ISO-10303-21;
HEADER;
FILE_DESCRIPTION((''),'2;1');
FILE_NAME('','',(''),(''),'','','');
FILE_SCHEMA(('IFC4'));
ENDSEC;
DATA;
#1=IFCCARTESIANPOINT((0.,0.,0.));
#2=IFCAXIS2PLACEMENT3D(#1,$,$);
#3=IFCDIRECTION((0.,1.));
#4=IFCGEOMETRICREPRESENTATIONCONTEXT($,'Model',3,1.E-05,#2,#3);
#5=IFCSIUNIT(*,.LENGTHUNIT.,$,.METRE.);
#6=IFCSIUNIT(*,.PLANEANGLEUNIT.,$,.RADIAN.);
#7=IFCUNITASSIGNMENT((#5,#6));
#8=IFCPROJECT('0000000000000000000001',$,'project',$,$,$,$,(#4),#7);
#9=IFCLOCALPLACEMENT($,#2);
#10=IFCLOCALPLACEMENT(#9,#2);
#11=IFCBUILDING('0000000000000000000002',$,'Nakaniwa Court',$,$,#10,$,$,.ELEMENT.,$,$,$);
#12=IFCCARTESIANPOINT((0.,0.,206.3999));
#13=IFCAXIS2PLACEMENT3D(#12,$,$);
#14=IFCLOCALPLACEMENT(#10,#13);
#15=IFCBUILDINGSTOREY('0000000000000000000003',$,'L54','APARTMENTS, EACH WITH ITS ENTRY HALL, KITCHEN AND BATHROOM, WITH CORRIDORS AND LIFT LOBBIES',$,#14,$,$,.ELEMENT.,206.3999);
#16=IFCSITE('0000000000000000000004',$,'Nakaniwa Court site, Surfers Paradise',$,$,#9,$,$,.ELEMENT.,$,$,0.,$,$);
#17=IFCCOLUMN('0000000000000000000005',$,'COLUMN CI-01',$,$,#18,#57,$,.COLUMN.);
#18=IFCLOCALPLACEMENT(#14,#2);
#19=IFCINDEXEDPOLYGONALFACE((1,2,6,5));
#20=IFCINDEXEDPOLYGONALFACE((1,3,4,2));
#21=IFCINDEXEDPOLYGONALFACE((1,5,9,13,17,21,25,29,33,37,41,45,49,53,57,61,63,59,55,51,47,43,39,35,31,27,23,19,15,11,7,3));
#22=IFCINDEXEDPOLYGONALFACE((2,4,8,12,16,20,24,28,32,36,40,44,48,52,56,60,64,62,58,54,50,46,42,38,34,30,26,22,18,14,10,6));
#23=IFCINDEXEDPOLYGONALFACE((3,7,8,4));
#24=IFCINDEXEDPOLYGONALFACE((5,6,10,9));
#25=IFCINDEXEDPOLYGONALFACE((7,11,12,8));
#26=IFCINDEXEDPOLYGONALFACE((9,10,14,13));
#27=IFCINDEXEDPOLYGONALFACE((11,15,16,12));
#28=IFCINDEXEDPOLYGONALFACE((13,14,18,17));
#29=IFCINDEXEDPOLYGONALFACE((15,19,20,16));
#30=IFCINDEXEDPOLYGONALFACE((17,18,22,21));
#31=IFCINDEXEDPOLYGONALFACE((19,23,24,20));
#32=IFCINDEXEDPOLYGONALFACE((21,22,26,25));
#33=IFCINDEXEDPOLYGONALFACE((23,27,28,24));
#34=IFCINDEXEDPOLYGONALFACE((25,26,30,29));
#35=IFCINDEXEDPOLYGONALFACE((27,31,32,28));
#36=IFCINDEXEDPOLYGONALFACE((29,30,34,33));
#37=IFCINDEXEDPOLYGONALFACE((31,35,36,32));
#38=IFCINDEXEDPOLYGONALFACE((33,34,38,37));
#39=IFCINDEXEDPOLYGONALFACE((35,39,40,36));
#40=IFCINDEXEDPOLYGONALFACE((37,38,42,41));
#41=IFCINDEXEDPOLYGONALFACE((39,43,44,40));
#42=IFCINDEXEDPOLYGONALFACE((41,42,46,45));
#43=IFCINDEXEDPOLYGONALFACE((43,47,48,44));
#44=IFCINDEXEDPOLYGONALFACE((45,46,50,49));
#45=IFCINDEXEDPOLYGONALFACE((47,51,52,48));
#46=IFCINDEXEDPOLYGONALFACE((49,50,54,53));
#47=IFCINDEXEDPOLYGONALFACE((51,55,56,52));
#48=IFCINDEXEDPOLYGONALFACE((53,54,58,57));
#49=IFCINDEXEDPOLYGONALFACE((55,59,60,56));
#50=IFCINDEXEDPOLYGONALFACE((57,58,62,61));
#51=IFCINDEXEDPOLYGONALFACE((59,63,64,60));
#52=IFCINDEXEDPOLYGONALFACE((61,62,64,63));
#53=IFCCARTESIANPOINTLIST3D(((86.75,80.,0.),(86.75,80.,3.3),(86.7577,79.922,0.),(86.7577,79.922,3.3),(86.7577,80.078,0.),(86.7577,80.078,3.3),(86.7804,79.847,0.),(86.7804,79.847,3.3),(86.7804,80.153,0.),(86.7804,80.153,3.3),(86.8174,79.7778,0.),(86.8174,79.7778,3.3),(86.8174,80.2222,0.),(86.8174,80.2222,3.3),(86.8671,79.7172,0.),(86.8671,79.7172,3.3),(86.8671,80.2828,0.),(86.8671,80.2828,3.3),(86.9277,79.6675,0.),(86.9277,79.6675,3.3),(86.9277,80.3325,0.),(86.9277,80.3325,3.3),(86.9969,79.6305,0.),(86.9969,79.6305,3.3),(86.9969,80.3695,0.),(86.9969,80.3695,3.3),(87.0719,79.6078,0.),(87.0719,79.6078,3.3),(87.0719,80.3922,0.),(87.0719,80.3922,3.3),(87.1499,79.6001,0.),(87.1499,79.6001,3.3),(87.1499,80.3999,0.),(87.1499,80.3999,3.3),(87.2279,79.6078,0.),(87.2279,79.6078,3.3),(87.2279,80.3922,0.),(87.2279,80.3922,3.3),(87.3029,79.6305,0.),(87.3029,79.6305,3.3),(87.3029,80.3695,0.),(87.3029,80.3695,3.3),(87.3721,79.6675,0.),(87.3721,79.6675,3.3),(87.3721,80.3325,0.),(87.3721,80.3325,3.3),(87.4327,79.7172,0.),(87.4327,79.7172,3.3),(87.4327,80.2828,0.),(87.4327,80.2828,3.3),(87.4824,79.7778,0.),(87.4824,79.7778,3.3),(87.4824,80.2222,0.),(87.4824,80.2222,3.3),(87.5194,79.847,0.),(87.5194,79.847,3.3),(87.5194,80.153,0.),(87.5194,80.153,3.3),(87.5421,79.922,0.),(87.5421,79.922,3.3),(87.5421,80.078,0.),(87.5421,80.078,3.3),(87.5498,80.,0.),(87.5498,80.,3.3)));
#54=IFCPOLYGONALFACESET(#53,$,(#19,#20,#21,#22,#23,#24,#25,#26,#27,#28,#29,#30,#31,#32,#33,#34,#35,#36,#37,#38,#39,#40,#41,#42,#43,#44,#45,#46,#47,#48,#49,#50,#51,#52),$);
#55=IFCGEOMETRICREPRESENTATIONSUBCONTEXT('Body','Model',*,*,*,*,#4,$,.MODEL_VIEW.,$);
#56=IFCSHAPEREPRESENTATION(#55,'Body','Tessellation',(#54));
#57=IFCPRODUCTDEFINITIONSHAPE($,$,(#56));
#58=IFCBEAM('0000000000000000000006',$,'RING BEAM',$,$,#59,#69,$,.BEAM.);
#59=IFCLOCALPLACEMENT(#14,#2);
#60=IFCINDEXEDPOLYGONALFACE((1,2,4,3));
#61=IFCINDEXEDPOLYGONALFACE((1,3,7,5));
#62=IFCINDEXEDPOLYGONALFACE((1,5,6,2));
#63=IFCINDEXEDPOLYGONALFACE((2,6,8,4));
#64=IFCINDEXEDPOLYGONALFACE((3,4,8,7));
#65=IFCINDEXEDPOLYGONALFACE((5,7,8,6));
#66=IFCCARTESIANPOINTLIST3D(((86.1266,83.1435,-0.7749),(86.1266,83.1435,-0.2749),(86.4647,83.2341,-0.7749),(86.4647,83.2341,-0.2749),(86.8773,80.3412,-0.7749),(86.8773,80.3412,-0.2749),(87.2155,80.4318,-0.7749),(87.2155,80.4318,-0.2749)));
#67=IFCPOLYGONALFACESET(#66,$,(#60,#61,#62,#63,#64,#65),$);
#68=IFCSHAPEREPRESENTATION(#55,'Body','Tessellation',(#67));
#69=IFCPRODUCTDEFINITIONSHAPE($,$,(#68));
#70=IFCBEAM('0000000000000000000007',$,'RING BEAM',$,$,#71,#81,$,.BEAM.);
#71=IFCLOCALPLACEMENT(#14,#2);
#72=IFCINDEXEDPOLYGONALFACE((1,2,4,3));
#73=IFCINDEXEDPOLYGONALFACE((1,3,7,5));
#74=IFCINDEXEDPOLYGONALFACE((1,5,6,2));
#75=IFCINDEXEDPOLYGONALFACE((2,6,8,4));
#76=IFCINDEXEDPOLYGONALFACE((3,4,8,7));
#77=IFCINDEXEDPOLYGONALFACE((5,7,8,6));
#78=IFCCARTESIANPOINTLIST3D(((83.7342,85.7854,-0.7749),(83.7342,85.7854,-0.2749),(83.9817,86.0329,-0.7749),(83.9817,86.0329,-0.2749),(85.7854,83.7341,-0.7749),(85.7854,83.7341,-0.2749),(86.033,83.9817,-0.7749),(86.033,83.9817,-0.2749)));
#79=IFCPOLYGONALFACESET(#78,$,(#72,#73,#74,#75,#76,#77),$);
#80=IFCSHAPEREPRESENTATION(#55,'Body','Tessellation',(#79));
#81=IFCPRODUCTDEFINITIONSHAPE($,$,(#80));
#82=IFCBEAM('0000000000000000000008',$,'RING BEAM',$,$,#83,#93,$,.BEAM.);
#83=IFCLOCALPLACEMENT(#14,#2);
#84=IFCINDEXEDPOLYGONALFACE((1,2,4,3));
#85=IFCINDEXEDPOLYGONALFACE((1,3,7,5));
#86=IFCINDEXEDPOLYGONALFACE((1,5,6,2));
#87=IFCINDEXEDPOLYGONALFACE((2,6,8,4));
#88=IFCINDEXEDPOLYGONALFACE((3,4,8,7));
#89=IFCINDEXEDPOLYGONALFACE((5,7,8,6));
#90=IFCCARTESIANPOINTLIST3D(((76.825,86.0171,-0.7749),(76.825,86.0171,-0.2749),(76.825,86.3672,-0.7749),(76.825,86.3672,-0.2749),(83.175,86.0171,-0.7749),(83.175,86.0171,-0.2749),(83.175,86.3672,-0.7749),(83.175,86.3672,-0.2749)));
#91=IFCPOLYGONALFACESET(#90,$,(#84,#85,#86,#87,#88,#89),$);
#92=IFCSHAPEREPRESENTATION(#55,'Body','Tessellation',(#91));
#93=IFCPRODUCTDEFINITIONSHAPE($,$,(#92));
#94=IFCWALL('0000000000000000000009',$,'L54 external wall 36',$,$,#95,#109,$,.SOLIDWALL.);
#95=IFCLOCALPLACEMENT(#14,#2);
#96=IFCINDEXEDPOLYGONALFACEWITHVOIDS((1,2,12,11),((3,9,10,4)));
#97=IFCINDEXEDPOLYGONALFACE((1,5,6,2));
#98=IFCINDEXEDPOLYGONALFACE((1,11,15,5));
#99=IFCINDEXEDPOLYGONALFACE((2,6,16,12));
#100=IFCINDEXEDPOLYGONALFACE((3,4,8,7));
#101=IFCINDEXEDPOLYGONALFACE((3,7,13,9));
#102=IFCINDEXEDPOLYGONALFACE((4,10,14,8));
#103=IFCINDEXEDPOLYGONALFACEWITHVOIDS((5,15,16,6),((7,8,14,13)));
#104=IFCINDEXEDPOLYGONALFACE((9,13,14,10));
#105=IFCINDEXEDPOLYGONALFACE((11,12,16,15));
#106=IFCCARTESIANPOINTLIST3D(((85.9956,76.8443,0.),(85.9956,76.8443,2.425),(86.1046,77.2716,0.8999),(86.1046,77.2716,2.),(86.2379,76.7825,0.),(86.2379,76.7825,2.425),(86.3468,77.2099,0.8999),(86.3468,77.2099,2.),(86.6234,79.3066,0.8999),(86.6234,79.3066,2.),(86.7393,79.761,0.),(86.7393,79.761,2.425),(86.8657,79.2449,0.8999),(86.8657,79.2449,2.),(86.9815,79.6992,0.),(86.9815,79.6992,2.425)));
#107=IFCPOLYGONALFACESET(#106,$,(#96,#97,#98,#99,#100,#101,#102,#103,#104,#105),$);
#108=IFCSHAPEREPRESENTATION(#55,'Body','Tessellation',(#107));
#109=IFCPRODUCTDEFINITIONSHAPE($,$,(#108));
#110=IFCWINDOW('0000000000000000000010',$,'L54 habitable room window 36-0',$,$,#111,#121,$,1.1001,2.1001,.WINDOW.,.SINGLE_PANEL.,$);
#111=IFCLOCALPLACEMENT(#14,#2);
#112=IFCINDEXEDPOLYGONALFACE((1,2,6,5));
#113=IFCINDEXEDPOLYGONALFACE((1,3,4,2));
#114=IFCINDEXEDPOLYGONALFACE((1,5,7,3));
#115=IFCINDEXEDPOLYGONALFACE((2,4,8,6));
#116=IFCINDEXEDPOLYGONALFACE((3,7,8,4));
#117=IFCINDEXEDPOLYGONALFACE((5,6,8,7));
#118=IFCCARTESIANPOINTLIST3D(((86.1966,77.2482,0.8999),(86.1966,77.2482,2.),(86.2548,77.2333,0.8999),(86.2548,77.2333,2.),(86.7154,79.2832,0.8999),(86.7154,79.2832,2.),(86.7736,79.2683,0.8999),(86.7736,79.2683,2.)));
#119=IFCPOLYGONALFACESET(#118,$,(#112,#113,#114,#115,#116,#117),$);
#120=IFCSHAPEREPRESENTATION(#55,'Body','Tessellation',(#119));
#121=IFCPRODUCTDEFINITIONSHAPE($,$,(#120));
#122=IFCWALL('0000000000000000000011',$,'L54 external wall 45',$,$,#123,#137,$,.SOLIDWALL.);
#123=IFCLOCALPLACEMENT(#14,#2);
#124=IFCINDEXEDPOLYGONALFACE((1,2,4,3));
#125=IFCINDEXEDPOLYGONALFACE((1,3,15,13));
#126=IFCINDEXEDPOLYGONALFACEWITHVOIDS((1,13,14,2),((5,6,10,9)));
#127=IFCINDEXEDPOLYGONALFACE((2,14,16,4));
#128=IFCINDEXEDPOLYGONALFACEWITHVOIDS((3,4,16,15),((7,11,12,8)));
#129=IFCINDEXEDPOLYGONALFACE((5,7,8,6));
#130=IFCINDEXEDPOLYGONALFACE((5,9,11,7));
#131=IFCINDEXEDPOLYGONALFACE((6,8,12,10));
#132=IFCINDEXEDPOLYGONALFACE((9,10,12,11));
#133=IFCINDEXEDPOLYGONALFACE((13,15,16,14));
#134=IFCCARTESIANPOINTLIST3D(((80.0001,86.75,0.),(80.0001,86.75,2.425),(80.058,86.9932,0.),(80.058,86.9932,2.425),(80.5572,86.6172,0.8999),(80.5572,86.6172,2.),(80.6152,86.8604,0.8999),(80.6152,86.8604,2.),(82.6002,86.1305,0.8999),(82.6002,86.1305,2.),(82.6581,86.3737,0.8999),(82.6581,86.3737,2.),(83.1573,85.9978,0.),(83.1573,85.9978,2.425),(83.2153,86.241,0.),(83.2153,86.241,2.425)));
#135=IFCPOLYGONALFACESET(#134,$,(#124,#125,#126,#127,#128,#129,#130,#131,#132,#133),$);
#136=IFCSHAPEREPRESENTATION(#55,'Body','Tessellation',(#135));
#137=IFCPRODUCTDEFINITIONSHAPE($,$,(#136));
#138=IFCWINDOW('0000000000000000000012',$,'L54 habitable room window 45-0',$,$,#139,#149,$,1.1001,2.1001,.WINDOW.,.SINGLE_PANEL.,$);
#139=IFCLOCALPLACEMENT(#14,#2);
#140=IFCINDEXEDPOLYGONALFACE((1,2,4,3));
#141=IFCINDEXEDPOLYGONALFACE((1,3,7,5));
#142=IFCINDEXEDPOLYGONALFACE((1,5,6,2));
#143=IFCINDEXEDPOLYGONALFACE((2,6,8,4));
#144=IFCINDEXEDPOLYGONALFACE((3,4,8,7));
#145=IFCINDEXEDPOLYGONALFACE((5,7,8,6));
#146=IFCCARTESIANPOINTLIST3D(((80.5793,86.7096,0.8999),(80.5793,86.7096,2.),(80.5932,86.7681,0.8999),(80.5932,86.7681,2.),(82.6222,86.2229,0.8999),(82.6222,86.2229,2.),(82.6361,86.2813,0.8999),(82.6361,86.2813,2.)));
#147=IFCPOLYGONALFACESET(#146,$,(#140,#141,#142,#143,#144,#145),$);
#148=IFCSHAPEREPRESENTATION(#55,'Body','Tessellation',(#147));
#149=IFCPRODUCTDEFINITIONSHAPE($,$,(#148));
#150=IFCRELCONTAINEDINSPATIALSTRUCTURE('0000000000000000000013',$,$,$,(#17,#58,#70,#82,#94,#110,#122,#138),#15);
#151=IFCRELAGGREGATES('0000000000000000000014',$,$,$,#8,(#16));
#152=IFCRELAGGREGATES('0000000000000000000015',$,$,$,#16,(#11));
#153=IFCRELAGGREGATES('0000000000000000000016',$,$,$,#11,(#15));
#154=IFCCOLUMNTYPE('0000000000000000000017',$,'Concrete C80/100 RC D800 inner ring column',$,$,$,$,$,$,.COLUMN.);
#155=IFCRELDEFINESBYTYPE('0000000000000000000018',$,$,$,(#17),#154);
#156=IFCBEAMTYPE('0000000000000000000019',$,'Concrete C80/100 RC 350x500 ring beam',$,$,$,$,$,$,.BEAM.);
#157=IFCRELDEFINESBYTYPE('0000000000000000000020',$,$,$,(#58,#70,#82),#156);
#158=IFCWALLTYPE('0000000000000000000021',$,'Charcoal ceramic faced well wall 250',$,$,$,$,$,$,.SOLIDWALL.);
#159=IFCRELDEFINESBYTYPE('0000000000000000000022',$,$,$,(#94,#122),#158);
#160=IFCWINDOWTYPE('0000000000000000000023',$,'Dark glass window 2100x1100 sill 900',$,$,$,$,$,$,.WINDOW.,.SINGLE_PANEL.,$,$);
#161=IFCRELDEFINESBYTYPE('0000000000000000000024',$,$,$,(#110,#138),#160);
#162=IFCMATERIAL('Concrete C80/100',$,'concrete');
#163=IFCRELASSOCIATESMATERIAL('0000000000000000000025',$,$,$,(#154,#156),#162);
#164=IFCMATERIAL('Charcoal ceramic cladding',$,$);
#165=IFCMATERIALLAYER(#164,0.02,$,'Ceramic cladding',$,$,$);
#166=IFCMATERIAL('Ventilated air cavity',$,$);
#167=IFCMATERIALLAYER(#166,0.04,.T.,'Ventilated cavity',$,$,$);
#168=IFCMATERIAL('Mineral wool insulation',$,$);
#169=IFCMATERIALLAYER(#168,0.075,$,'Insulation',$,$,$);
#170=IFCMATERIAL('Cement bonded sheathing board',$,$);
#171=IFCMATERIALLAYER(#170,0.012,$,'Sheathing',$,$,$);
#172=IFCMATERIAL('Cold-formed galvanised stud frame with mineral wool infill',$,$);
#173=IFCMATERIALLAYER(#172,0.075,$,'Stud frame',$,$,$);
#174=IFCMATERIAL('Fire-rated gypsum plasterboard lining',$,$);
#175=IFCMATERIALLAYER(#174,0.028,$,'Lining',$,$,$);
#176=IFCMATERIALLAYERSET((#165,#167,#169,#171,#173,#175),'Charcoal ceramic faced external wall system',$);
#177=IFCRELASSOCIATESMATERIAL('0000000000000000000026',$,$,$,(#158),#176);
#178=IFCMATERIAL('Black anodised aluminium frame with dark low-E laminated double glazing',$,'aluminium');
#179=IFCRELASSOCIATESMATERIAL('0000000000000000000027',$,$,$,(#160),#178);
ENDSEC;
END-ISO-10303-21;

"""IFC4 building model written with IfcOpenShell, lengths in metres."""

from ifc_helpers import new_model, si_unit, direction, frame, frame_2d, origin, origin_2d, place, context, subcontext, project, spatial, rectangle, circle, extrude, material, layer, layer_set, material_profile, profile_set, type_object, element, fill, save


model = new_model("IFC4")

# Units and contexts
model_context = context("Model", 3, precision=1e-05, world=origin(), true_north=direction((0.0, 1.0)))
body_context = subcontext(model_context, "Body", "Model", "MODEL_VIEW")
ifc_project = project(units=[si_unit("LENGTHUNIT", "METRE"), si_unit("PLANEANGLEUNIT", "RADIAN")], contexts=[model_context])

# Site, building, storey
site_placement = place(None, origin())
site = spatial("IfcSite", under=ifc_project, at=site_placement, Name="Nakaniwa Court site, Surfers Paradise", CompositionType="ELEMENT", RefElevation=0.0)
building_placement = place(site_placement, origin())
building = spatial("IfcBuilding", under=site, at=building_placement, Name="Nakaniwa Court", CompositionType="ELEMENT")
storey_placement = place(building_placement, frame((0.0, 0.0, 206.3999)))
storey = spatial("IfcBuildingStorey", under=building, at=storey_placement, Name="L54", Description="APARTMENTS, EACH WITH ITS ENTRY HALL, KITCHEN AND BATHROOM, WITH CORRIDORS AND LIFT LOBBIES", CompositionType="ELEMENT", Elevation=206.3999)

# Column
ifc_material_1 = material(Name="Concrete C80/100", Category="concrete")
ifc_material_profile_1 = material_profile(ifc_material_1, circle(Radius=0.3999, at=origin_2d()), Name="Concrete C80/100 RC D800 inner ring column")
ifc_profile_set_1 = profile_set([ifc_material_profile_1], Name="Concrete C80/100")
column_type = type_object("IfcColumnType", Name="Concrete C80/100 RC D800 inner ring column", PredefinedType="COLUMN", material=ifc_profile_set_1)
for number, where, z_axis, x_axis, name in (
    (1, (87.1499, 80.0, 0.0), (0.0, 0.0, 1.0), (0.0, 1.0, 0.0), "COLUMN CI-01"),
):
    element("IfcColumn", number, at=place(storey_placement, frame(where, z_axis=z_axis, x_axis=x_axis)), inside=storey, type_object=column_type, Name=name, PredefinedType="COLUMN", context=body_context, shape_type="SweptSolid", body=[
        extrude(circle(Radius=0.3999, at=origin_2d()), origin(), (0.0, 0.0, 1.0), 3.3),
    ])

# Beams
ifc_material_profile_2 = material_profile(ifc_material_1, rectangle(XDim=0.3501, YDim=0.5, at=origin_2d()), Name="Concrete C80/100 RC 350x500 ring beam")
ifc_profile_set_2 = profile_set([ifc_material_profile_2], Name="Concrete C80/100")
beam_type = type_object("IfcBeamType", Name="Concrete C80/100 RC 350x500 ring beam", PredefinedType="BEAM", material=ifc_profile_set_2)
beam_1_placement = place(storey_placement, frame((87.0464, 80.3865, -0.5249), z_axis=(-0.258778, 0.965937, 0.0), x_axis=(-0.965937, -0.258778, 0.0)))
element("IfcBeam", 2, at=beam_1_placement, inside=storey, type_object=beam_type, Name="RING BEAM", PredefinedType="BEAM", context=body_context, shape_type="SweptSolid", body=[
    extrude(rectangle(XDim=0.3501, YDim=0.5, at=origin_2d()), origin(), (0.0, 0.0, 1.0), 2.9011),
])
beam_2_placement = place(storey_placement, frame((85.9092, 83.8579, -0.5249), z_axis=(-0.707107, 0.707107, 0.0), x_axis=(-0.707107, -0.707107, 0.0)))
element("IfcBeam", 3, at=beam_2_placement, inside=storey, type_object=beam_type, Name="RING BEAM", PredefinedType="BEAM", context=body_context, shape_type="SweptSolid", body=[
    extrude(rectangle(XDim=0.3501, YDim=0.5, at=origin_2d()), origin(), (0.0, 0.0, 1.0), 2.9009),
])
beam_3_placement = place(storey_placement, frame((83.175, 86.1921, -0.5249), z_axis=(-1.0, 0.0, 0.0), x_axis=(0.0, -1.0, 0.0)))
element("IfcBeam", 4, at=beam_3_placement, inside=storey, type_object=beam_type, Name="RING BEAM", PredefinedType="BEAM", context=body_context, shape_type="SweptSolid", body=[
    extrude(rectangle(XDim=0.3501, YDim=0.5, at=origin_2d()), origin(), (0.0, 0.0, 1.0), 6.3501),
])

# Walls, openings, windows
ifc_material_2 = material(Name="Charcoal ceramic cladding")
ifc_layer_1 = layer(ifc_material_2, 0.02, Name="Ceramic cladding")
ifc_material_3 = material(Name="Ventilated air cavity")
ifc_layer_2 = layer(ifc_material_3, 0.04, ventilated=True, Name="Ventilated cavity")
ifc_material_4 = material(Name="Mineral wool insulation")
ifc_layer_3 = layer(ifc_material_4, 0.075, Name="Insulation")
ifc_material_5 = material(Name="Cement bonded sheathing board")
ifc_layer_4 = layer(ifc_material_5, 0.012, Name="Sheathing")
ifc_material_6 = material(Name="Cold-formed galvanised stud frame with mineral wool infill")
ifc_layer_5 = layer(ifc_material_6, 0.075, Name="Stud frame")
ifc_material_7 = material(Name="Fire-rated gypsum plasterboard lining")
ifc_layer_6 = layer(ifc_material_7, 0.028, Name="Lining")
ifc_layer_set_1 = layer_set([ifc_layer_1, ifc_layer_2, ifc_layer_3, ifc_layer_4, ifc_layer_5, ifc_layer_6], Name="Charcoal ceramic faced external wall system")
wall_type_1 = type_object("IfcWallType", Name="Charcoal ceramic faced well wall 250", PredefinedType="SOLIDWALL", material=ifc_layer_set_1)
wall_1_placement = place(storey_placement, frame((86.8604, 79.73, 0.0), z_axis=(0.0, 0.0, 1.0), x_axis=(-0.247056, -0.969001, 0.0)))
wall_1 = element("IfcWall", 5, at=wall_1_placement, inside=storey, type_object=wall_type_1, Name="L54 external wall 36", PredefinedType="SOLIDWALL", context=body_context, shape_type="SweptSolid", body=[
    extrude(rectangle(XDim=3.01, YDim=0.25, at=frame_2d((1.5049, 0.0))), origin(), (0.0, 0.0, 1.0), 2.425),
])
opening_1_placement = place(wall_1_placement, frame((0.4688, 0.0, 0.8999)))
opening_1 = element("IfcOpeningElement", 6, at=opening_1_placement, cuts=wall_1, PredefinedType="OPENING", context=body_context, shape_type="SweptSolid", body=[
    extrude(rectangle(XDim=2.1001, YDim=1.1001, at=frame_2d((1.05, 0.55))), frame((0.0, 0.135, 0.0), z_axis=(0.0, -1.0, 0.0), x_axis=(1.0, 0.0, 0.0)), (0.0, 0.0, 1.0), 0.27),
])
ifc_material_8 = material(Name="Black anodised aluminium frame with dark low-E laminated double glazing", Category="aluminium")
window_type = type_object("IfcWindowType", Name="Dark glass window 2100x1100 sill 900", PartitioningType="SINGLE_PANEL", PredefinedType="WINDOW", material=ifc_material_8)
window_1_placement = place(opening_1_placement, origin())
window_1 = element("IfcWindow", 7, at=window_1_placement, inside=storey, type_object=window_type, Name="L54 habitable room window 36-0", OverallHeight=1.1001, OverallWidth=2.1001, PartitioningType="SINGLE_PANEL", PredefinedType="WINDOW", context=body_context, shape_type="SweptSolid", body=[
    extrude(rectangle(XDim=2.1001, YDim=1.1001, at=frame_2d((1.05, 0.55))), frame((0.0, 0.03, 0.0), z_axis=(0.0, -1.0, 0.0), x_axis=(1.0, 0.0, 0.0)), (0.0, 0.0, 1.0), 0.0601),
])
fill(opening_1, window_1)
wall_2_placement = place(storey_placement, frame((80.0291, 86.8716, 0.0), z_axis=(0.0, 0.0, 1.0), x_axis=(0.972773, -0.23176, 0.0)))
wall_2 = element("IfcWall", 8, at=wall_2_placement, inside=storey, type_object=wall_type_1, Name="L54 external wall 45", PredefinedType="SOLIDWALL", context=body_context, shape_type="SweptSolid", body=[
    extrude(rectangle(XDim=3.2456, YDim=0.25, at=frame_2d((1.6228, 0.0))), origin(), (0.0, 0.0, 1.0), 2.425),
])
opening_2_placement = place(wall_2_placement, frame((0.5728, 0.0, 0.8999)))
opening_2 = element("IfcOpeningElement", 9, at=opening_2_placement, cuts=wall_2, PredefinedType="OPENING", context=body_context, shape_type="SweptSolid", body=[
    extrude(rectangle(XDim=2.1001, YDim=1.1001, at=frame_2d((1.05, 0.55))), frame((0.0, 0.135, 0.0), z_axis=(0.0, -1.0, 0.0), x_axis=(1.0, 0.0, 0.0)), (0.0, 0.0, 1.0), 0.27),
])
window_2_placement = place(opening_2_placement, origin())
window_2 = element("IfcWindow", 10, at=window_2_placement, inside=storey, type_object=window_type, Name="L54 habitable room window 45-0", OverallHeight=1.1001, OverallWidth=2.1001, PartitioningType="SINGLE_PANEL", PredefinedType="WINDOW", context=body_context, shape_type="SweptSolid", body=[
    extrude(rectangle(XDim=2.1001, YDim=1.1001, at=frame_2d((1.05, 0.55))), frame((0.0, 0.03, 0.0), z_axis=(0.0, -1.0, 0.0), x_axis=(1.0, 0.0, 0.0)), (0.0, 0.0, 1.0), 0.0601),
])
fill(opening_2, window_2)

save(model, "model.ifc")
